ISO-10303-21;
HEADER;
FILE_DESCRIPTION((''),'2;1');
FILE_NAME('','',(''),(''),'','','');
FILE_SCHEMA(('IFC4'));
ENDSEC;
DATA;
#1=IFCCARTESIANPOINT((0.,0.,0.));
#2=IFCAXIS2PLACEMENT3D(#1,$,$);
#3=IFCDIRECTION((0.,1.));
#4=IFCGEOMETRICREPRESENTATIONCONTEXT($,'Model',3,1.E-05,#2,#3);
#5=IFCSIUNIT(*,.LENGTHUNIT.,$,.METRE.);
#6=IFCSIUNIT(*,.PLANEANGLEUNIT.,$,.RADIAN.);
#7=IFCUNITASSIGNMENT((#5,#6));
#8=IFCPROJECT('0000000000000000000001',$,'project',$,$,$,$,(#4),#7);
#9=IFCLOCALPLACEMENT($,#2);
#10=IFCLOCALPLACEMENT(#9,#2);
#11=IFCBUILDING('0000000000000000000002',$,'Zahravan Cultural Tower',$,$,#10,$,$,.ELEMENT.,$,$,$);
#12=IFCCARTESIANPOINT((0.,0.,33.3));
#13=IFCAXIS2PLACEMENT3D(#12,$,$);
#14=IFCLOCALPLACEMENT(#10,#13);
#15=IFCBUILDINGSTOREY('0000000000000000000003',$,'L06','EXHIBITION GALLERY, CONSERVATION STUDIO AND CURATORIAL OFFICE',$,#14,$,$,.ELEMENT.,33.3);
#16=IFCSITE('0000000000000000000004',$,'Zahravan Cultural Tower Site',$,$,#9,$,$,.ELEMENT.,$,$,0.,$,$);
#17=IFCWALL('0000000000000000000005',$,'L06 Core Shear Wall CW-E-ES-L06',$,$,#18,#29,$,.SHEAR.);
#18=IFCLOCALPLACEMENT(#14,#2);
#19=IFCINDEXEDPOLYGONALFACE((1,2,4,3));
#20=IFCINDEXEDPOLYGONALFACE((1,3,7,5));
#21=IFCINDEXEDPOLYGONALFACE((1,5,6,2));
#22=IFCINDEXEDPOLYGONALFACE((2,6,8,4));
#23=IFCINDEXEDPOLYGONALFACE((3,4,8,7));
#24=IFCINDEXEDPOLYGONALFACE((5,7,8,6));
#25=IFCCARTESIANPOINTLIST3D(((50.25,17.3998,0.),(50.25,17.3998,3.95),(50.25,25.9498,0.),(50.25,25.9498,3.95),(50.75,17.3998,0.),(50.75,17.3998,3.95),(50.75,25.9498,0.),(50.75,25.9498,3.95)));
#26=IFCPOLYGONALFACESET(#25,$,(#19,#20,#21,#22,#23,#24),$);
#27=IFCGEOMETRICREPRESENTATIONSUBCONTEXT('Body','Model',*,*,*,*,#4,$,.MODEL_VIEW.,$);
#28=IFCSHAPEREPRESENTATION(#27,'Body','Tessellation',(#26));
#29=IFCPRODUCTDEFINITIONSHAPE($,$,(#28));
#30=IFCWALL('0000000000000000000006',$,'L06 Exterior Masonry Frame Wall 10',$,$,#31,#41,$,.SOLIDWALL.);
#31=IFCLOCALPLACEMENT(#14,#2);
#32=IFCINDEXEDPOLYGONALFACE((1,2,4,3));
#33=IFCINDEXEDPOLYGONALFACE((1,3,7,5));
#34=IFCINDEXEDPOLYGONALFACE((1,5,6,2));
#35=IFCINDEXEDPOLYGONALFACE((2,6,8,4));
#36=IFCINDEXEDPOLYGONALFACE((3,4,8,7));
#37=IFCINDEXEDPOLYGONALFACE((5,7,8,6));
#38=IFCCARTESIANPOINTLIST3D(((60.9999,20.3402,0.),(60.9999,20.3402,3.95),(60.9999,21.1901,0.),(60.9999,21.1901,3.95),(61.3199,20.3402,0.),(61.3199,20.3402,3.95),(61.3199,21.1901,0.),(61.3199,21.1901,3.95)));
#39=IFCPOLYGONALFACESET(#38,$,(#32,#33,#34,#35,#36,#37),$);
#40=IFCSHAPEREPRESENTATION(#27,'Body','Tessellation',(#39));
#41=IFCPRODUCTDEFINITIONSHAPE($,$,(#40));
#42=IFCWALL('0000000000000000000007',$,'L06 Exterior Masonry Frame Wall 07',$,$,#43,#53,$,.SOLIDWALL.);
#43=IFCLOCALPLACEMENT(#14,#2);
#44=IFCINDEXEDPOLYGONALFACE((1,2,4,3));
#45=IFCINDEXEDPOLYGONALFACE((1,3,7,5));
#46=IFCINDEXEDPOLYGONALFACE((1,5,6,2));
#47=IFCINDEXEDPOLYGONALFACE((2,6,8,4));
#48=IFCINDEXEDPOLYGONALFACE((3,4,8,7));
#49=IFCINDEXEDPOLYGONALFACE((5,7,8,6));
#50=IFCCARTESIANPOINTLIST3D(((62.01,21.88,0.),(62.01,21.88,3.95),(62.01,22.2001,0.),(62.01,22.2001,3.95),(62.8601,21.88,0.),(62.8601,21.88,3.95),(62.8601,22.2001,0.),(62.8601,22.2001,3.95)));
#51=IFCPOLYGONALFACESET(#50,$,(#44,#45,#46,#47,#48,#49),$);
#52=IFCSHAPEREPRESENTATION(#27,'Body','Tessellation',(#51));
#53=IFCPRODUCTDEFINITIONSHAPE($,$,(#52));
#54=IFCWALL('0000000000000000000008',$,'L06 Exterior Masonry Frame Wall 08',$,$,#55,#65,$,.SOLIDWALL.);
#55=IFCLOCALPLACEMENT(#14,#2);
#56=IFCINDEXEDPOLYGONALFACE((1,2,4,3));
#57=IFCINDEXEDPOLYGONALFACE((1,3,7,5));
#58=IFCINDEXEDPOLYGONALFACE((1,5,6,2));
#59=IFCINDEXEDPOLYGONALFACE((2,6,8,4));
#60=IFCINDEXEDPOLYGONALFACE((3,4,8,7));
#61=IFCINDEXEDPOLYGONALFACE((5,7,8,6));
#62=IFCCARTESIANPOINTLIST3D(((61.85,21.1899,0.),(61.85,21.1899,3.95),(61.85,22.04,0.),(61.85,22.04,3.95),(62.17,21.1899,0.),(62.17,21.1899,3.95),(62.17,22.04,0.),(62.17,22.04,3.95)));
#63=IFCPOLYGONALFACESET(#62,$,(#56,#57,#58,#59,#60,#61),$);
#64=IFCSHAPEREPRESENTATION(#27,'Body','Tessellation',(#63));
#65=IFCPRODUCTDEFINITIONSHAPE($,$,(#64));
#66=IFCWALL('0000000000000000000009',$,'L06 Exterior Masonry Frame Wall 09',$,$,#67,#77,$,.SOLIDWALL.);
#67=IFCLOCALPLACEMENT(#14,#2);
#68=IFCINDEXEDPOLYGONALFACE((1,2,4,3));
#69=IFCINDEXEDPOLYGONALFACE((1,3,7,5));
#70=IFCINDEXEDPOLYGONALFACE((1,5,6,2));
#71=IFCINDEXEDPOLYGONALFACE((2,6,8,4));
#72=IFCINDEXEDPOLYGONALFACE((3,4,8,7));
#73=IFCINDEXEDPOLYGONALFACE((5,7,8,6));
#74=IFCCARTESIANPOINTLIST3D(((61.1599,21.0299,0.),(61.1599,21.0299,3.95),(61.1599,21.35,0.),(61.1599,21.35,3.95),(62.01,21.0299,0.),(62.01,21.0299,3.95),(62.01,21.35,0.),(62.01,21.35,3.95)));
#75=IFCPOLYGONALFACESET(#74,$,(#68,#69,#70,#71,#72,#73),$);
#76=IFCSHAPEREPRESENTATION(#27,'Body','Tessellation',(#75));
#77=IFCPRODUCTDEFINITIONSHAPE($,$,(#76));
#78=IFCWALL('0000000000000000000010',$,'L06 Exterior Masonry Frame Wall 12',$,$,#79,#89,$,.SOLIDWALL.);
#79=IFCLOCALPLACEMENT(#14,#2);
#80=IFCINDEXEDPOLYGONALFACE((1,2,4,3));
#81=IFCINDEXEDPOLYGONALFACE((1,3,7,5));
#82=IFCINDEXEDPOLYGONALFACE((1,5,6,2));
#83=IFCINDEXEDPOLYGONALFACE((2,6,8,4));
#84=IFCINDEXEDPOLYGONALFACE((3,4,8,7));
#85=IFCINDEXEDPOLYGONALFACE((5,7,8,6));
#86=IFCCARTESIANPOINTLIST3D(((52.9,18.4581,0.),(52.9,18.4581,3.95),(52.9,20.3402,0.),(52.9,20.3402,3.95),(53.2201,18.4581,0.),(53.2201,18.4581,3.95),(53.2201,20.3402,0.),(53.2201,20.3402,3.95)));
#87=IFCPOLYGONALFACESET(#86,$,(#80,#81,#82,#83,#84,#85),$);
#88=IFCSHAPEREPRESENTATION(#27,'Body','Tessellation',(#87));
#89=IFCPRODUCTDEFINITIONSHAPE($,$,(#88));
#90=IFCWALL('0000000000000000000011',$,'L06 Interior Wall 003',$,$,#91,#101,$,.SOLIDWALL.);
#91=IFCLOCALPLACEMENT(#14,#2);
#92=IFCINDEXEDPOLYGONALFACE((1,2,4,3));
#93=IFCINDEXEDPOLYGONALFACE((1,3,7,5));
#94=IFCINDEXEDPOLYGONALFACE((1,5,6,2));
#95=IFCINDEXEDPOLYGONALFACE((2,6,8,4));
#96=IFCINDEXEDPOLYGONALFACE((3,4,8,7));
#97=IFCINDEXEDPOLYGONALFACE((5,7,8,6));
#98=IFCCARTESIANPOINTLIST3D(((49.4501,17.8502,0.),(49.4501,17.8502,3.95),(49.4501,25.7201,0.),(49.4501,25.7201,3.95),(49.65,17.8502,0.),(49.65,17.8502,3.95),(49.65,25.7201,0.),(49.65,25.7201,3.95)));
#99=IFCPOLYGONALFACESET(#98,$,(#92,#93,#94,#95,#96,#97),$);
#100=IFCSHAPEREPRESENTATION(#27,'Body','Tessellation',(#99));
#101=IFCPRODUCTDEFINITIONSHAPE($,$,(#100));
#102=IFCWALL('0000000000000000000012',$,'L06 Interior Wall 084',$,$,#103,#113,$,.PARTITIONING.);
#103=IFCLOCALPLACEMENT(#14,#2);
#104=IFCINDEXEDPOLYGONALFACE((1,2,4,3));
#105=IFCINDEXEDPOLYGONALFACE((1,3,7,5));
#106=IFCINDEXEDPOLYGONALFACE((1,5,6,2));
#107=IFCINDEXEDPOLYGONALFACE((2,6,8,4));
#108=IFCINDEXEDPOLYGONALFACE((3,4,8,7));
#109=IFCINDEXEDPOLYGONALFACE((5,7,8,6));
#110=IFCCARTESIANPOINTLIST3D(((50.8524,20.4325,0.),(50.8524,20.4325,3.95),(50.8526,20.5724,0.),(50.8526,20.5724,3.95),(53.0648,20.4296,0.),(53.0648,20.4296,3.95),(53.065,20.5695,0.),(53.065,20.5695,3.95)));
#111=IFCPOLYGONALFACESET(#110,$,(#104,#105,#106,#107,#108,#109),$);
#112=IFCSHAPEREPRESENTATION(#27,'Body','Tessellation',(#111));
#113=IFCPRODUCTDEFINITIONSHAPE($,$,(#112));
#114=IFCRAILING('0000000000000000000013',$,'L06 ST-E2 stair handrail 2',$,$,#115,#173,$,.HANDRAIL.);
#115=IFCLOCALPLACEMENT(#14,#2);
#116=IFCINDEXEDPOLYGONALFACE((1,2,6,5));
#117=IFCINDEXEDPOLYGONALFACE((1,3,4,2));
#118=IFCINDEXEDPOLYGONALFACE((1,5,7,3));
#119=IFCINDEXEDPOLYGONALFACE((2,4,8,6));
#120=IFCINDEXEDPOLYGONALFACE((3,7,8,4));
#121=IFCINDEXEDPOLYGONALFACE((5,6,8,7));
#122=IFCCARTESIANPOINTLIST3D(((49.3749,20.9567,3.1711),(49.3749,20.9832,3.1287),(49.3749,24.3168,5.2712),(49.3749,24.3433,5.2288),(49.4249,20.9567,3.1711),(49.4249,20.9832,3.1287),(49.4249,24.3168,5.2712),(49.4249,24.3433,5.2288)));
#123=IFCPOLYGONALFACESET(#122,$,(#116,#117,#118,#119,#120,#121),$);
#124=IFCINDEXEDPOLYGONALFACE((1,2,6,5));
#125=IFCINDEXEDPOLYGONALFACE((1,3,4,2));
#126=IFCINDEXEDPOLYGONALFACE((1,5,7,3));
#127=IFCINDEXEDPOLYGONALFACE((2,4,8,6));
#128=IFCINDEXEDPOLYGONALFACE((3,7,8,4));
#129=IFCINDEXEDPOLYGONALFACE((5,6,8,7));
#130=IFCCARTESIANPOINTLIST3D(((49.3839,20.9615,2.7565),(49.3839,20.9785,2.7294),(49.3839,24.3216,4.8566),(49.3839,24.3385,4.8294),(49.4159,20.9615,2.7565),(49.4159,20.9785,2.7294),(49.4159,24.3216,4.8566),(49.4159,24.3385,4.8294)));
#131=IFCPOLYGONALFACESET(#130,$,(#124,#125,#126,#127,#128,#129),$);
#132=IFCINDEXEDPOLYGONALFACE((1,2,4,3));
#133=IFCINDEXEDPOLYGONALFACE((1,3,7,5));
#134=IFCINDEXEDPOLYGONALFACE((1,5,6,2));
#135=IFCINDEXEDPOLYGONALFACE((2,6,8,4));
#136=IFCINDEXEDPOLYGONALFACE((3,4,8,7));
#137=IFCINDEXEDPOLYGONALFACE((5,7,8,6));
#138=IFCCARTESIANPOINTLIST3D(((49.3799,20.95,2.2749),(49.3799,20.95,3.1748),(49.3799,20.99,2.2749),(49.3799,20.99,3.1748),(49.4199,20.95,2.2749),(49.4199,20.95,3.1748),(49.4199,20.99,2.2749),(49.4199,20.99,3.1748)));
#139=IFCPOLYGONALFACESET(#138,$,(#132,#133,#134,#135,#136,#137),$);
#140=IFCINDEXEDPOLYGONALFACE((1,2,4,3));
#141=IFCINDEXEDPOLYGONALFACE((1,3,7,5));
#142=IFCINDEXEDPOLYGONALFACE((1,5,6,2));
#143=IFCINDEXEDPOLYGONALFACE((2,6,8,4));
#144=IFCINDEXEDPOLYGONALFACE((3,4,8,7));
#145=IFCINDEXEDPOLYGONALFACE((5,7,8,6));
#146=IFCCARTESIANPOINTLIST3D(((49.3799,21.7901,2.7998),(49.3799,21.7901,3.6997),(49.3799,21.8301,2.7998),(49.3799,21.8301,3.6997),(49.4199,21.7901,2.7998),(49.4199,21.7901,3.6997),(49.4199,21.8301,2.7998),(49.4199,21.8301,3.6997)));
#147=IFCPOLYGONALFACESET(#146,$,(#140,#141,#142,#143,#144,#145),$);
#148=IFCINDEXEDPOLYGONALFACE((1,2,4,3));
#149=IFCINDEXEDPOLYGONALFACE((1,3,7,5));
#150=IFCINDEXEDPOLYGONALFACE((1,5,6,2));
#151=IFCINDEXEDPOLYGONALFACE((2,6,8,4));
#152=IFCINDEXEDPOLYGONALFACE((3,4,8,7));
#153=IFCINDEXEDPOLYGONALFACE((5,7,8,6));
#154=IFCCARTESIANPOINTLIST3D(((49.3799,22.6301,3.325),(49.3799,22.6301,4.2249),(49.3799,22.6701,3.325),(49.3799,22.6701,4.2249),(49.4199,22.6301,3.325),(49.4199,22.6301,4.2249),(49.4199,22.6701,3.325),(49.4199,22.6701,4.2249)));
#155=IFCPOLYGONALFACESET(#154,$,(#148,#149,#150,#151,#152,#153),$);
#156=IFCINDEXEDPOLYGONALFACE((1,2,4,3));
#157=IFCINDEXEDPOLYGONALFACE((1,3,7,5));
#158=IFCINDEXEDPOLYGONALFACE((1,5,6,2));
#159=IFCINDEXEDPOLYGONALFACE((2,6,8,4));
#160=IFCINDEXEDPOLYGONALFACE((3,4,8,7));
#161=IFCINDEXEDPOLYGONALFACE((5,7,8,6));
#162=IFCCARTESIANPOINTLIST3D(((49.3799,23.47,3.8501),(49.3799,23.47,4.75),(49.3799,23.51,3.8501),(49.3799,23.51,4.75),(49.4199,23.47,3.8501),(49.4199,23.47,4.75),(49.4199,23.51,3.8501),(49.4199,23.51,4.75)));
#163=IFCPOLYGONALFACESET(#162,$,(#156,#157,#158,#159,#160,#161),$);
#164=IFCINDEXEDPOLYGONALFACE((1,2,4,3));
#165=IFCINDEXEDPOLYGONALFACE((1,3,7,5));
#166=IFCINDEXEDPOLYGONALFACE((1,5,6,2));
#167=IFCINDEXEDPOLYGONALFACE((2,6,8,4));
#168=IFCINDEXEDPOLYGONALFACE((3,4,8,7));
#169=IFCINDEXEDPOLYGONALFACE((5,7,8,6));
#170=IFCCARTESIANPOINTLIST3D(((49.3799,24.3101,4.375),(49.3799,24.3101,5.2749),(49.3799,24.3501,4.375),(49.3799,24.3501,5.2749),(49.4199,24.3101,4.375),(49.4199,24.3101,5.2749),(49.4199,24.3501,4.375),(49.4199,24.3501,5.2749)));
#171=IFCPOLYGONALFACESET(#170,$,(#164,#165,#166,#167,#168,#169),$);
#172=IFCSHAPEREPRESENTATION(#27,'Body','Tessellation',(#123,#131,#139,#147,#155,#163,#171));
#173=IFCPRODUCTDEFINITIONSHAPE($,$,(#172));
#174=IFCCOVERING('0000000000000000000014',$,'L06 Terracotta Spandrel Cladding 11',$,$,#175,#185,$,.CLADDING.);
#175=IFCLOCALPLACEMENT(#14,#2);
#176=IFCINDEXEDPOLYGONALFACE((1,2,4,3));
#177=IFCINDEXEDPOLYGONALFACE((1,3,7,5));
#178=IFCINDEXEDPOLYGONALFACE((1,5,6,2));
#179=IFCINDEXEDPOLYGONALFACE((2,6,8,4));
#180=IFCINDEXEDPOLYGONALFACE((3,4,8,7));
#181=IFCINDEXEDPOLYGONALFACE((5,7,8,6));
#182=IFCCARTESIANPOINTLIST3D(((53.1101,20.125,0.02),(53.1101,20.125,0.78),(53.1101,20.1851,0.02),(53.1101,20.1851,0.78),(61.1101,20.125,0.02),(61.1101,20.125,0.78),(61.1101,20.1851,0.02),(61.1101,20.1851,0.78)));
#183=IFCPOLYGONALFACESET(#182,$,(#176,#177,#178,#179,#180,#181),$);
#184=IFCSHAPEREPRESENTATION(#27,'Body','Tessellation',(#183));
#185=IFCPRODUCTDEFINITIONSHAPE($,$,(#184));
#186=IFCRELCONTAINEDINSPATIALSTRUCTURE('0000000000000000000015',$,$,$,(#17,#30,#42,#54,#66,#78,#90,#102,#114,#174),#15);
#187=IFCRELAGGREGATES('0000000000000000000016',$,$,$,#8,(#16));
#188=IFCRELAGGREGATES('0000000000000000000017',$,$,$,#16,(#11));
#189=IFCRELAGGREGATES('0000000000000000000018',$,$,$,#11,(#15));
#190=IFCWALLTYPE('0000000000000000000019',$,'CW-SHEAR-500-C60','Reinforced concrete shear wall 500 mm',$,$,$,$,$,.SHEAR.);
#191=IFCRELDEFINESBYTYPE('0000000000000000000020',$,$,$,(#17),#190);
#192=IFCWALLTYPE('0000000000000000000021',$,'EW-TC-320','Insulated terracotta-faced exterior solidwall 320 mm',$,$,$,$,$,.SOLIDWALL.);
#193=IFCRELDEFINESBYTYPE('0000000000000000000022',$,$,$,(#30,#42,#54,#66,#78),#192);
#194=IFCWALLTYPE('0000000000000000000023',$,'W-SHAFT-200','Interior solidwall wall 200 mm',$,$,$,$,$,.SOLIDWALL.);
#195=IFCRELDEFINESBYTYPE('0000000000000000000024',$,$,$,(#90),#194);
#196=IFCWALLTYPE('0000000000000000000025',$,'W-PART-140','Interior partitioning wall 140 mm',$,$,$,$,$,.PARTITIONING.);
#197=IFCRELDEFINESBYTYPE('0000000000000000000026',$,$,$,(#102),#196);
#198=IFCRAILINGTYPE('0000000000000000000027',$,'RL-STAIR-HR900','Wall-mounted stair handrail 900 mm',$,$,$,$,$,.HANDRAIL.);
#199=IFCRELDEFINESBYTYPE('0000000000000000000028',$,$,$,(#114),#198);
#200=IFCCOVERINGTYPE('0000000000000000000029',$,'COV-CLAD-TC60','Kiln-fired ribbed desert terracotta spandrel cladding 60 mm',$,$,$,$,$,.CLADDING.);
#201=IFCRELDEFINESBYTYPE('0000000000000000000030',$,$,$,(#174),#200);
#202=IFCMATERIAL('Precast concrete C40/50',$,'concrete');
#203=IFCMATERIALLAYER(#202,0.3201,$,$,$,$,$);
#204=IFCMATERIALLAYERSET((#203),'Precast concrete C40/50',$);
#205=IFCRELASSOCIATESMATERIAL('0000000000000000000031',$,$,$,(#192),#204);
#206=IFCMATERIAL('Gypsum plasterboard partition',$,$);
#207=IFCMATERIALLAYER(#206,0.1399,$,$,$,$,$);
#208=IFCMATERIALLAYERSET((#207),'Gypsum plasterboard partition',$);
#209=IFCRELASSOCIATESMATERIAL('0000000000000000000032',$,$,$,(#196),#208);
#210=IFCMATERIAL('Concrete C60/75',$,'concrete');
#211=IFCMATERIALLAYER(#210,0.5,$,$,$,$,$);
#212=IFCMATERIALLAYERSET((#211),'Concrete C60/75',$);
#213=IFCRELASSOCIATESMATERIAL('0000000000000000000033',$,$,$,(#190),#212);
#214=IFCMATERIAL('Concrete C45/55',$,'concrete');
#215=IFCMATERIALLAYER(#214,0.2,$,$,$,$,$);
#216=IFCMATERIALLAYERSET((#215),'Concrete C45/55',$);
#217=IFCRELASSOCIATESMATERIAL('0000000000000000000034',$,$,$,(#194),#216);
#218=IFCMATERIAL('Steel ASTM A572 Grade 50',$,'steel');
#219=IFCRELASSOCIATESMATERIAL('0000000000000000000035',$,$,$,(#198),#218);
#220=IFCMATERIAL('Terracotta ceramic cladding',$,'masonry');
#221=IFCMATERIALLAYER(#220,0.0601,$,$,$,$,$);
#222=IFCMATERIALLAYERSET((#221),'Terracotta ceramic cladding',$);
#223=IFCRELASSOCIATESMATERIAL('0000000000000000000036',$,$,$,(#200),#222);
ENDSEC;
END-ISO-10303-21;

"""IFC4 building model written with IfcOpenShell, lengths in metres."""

from ifc_helpers import new_model, si_unit, direction, frame, frame_2d, origin, origin_2d, place, context, subcontext, project, spatial, rectangle, extrude, source, transform, mapped, material, layer, layer_set, type_object, element, save


model = new_model("IFC4")

# Units and contexts
model_context = context("Model", 3, precision=1e-05, world=origin(), true_north=direction((0.0, 1.0)))
body_context = subcontext(model_context, "Body", "Model", "MODEL_VIEW")
ifc_project = project(units=[si_unit("LENGTHUNIT", "METRE"), si_unit("PLANEANGLEUNIT", "RADIAN")], contexts=[model_context])

# Site, building, storey
site_placement = place(None, origin())
site = spatial("IfcSite", under=ifc_project, at=site_placement, Name="Zahravan Cultural Tower Site", CompositionType="ELEMENT", RefElevation=0.0)
building_placement = place(site_placement, origin())
building = spatial("IfcBuilding", under=site, at=building_placement, Name="Zahravan Cultural Tower", CompositionType="ELEMENT")
storey_placement = place(building_placement, frame((0.0, 0.0, 33.3)))
storey = spatial("IfcBuildingStorey", under=building, at=storey_placement, Name="L06", Description="EXHIBITION GALLERY, CONSERVATION STUDIO AND CURATORIAL OFFICE", CompositionType="ELEMENT", Elevation=33.3)

# Shared definitions
ifc_material_1 = material(Name="Concrete C60/75", Category="concrete")

# Shared definitions
ifc_material_2 = material(Name="Precast concrete C40/50", Category="concrete")
ifc_layer_1 = layer(ifc_material_2, 0.3201)
ifc_layer_set_1 = layer_set([ifc_layer_1], Name="Precast concrete C40/50")
wall_type_1 = type_object("IfcWallType", Name="EW-TC-320", Description="Insulated terracotta-faced exterior solidwall 320 mm", PredefinedType="SOLIDWALL", material=ifc_layer_set_1)

# Shared definitions
ifc_material_3 = material(Name="Gypsum plasterboard partition")
ifc_layer_2 = layer(ifc_material_3, 0.1399)
ifc_layer_set_2 = layer_set([ifc_layer_2], Name="Gypsum plasterboard partition")
wall_type_2 = type_object("IfcWallType", Name="W-PART-140", Description="Interior partitioning wall 140 mm", PredefinedType="PARTITIONING", material=ifc_layer_set_2)

# Walls
ifc_layer_3 = layer(ifc_material_1, 0.5)
ifc_layer_set_3 = layer_set([ifc_layer_3], Name="Concrete C60/75")
wall_type_3 = type_object("IfcWallType", Name="CW-SHEAR-500-C60", Description="Reinforced concrete shear wall 500 mm", PredefinedType="SHEAR", material=ifc_layer_set_3)
shared_shape_1 = source(origin(), body_context, "Body", "SweptSolid", [
    extrude(rectangle(XDim=8.55, YDim=0.5, at=frame_2d((4.2749, 0.0))), origin(), (0.0, 0.0, 1.0), 3.95),
])
wall_1_placement = place(storey_placement, frame((50.5, 17.3999, 0.0), z_axis=(0.0, 0.0, 1.0), x_axis=(0.0, 1.0, 0.0)))
element("IfcWall", 1, at=wall_1_placement, inside=storey, type_object=wall_type_3, Name="L06 Core Shear Wall CW-E-ES-L06", PredefinedType="SHEAR", context=body_context, shape_type="MappedRepresentation", body=[
    mapped(shared_shape_1, transform((0.0, 0.0, 0.0), x_axis=(1.0, 0.0, 0.0), y_axis=(0.0, 1.0, 0.0), z_axis=(0.0, 0.0, 1.0), scale=1.0)),
])
shared_shape_2 = source(origin(), body_context, "Body", "SweptSolid", [
    extrude(rectangle(XDim=0.8499, YDim=0.3201, at=frame_2d((0.4248, 0.0))), origin(), (0.0, 0.0, 1.0), 3.95),
])
wall_2_placement = place(storey_placement, frame((61.1599, 21.1899, 0.0), z_axis=(0.0, 0.0, 1.0), x_axis=(0.0, -1.0, 0.0)))
element("IfcWall", 2, at=wall_2_placement, inside=storey, type_object=wall_type_1, Name="L06 Exterior Masonry Frame Wall 10", PredefinedType="SOLIDWALL", context=body_context, shape_type="MappedRepresentation", body=[
    mapped(shared_shape_2, transform((0.0, 0.0, 0.0), x_axis=(1.0, 0.0, 0.0), y_axis=(0.0, 1.0, 0.0), z_axis=(0.0, 0.0, 1.0), scale=1.0)),
])
shared_shape_3 = source(origin(), body_context, "Body", "SweptSolid", [
    extrude(rectangle(XDim=0.8501, YDim=0.3201, at=frame_2d((0.425, 0.0))), origin(), (0.0, 0.0, 1.0), 3.95),
])
for number, where, z_axis, x_axis, name in (
    (3, (62.8601, 22.04, 0.0), (0.0, 0.0, 1.0), (-1.0, 0.0, 0.0), "L06 Exterior Masonry Frame Wall 07"),
    (4, (62.01, 22.04, 0.0), (0.0, 0.0, 1.0), (0.0, -1.0, 0.0), "L06 Exterior Masonry Frame Wall 08"),
    (5, (62.01, 21.1899, 0.0), (0.0, 0.0, 1.0), (-1.0, 0.0, 0.0), "L06 Exterior Masonry Frame Wall 09"),
):
    element("IfcWall", number, at=place(storey_placement, frame(where, z_axis=z_axis, x_axis=x_axis)), inside=storey, type_object=wall_type_1, Name=name, PredefinedType="SOLIDWALL", context=body_context, shape_type="MappedRepresentation", body=[
        mapped(shared_shape_3, transform((0.0, 0.0, 0.0), x_axis=(1.0, 0.0, 0.0), y_axis=(0.0, 1.0, 0.0), z_axis=(0.0, 0.0, 1.0), scale=1.0)),
    ])
shared_shape_4 = source(origin(), body_context, "Body", "SweptSolid", [
    extrude(rectangle(XDim=1.8821, YDim=0.3201, at=frame_2d((0.9409, 0.0))), origin(), (0.0, 0.0, 1.0), 3.95),
])
wall_3_placement = place(storey_placement, frame((53.0601, 20.3401, 0.0), z_axis=(0.0, 0.0, 1.0), x_axis=(0.0, -1.0, 0.0)))
element("IfcWall", 6, at=wall_3_placement, inside=storey, type_object=wall_type_1, Name="L06 Exterior Masonry Frame Wall 12", PredefinedType="SOLIDWALL", context=body_context, shape_type="MappedRepresentation", body=[
    mapped(shared_shape_4, transform((0.0, 0.0, 0.0), x_axis=(1.0, 0.0, 0.0), y_axis=(0.0, 1.0, 0.0), z_axis=(0.0, 0.0, 1.0), scale=1.0)),
])
ifc_material_4 = material(Name="Concrete C45/55", Category="concrete")
ifc_layer_4 = layer(ifc_material_4, 0.2)
ifc_layer_set_4 = layer_set([ifc_layer_4], Name="Concrete C45/55")
wall_type_4 = type_object("IfcWallType", Name="W-SHAFT-200", Description="Interior solidwall wall 200 mm", PredefinedType="SOLIDWALL", material=ifc_layer_set_4)
shared_shape_5 = source(origin(), body_context, "Body", "SweptSolid", [
    extrude(rectangle(XDim=7.8699, YDim=0.2, at=frame_2d((3.9351, 0.0))), origin(), (0.0, 0.0, 1.0), 3.95),
])
wall_4_placement = place(storey_placement, frame((49.55, 17.8501, 0.0), z_axis=(0.0, 0.0, 1.0), x_axis=(0.0, 1.0, 0.0)))
element("IfcWall", 7, at=wall_4_placement, inside=storey, type_object=wall_type_4, Name="L06 Interior Wall 003", PredefinedType="SOLIDWALL", context=body_context, shape_type="MappedRepresentation", body=[
    mapped(shared_shape_5, transform((0.0, 0.0, 0.0), x_axis=(1.0, 0.0, 0.0), y_axis=(0.0, 1.0, 0.0), z_axis=(0.0, 0.0, 1.0), scale=1.0)),
])
shared_shape_6 = source(origin(), body_context, "Body", "SweptSolid", [
    extrude(rectangle(XDim=2.2124, YDim=0.1399, at=frame_2d((1.1062, 0.0))), origin(), (0.0, 0.0, 1.0), 3.95),
])
wall_5_placement = place(storey_placement, frame((50.8525, 20.5024, 0.0), z_axis=(0.0, 0.0, 1.0), x_axis=(0.999999, -0.001324, 0.0)))
element("IfcWall", 8, at=wall_5_placement, inside=storey, type_object=wall_type_2, Name="L06 Interior Wall 084", PredefinedType="PARTITIONING", context=body_context, shape_type="MappedRepresentation", body=[
    mapped(shared_shape_6, transform((0.0, 0.0, 0.0), x_axis=(1.0, 0.0, 0.0), y_axis=(0.0, 1.0, 0.0), z_axis=(0.0, 0.0, 1.0), scale=1.0)),
])

# Railing
ifc_material_5 = material(Name="Steel ASTM A572 Grade 50", Category="steel")
railing_type = type_object("IfcRailingType", Name="RL-STAIR-HR900", Description="Wall-mounted stair handrail 900 mm", PredefinedType="HANDRAIL", material=ifc_material_5)
railing_placement = place(storey_placement, frame((49.3999, 20.97, 2.2749)))
element("IfcRailing", 9, at=railing_placement, inside=storey, type_object=railing_type, Name="L06 ST-E2 stair handrail 2", PredefinedType="HANDRAIL", context=body_context, shape_type="SweptSolid", body=[
    extrude(rectangle(XDim=0.05, YDim=0.05, at=origin_2d()), frame((0.0, 0.0, 0.875), z_axis=(0.0, 0.847995, 0.530004), x_axis=(-1.0, 0.0, 0.0)), (0.0, 0.0, 1.0), 3.9624),
    extrude(rectangle(XDim=0.032, YDim=0.032, at=origin_2d()), frame((0.0, 0.0, 0.468), z_axis=(0.0, 0.847995, 0.530004), x_axis=(-1.0, 0.0, 0.0)), (0.0, 0.0, 1.0), 3.9624),
    extrude(rectangle(XDim=0.04, YDim=0.04, at=origin_2d()), origin(), (0.0, 0.0, 1.0), 0.8999),
    extrude(rectangle(XDim=0.04, YDim=0.04, at=origin_2d()), frame((0.0, 0.8401, 0.5249)), (0.0, 0.0, 1.0), 0.8999),
    extrude(rectangle(XDim=0.04, YDim=0.04, at=origin_2d()), frame((0.0, 1.6802, 1.05)), (0.0, 0.0, 1.0), 0.8999),
    extrude(rectangle(XDim=0.04, YDim=0.04, at=origin_2d()), frame((0.0, 2.52, 1.5752)), (0.0, 0.0, 1.0), 0.8999),
    extrude(rectangle(XDim=0.04, YDim=0.04, at=origin_2d()), frame((0.0, 3.3601, 2.1001)), (0.0, 0.0, 1.0), 0.8999),
])

# Covering
ifc_material_6 = material(Name="Terracotta ceramic cladding", Category="masonry")
ifc_layer_5 = layer(ifc_material_6, 0.0601)
ifc_layer_set_5 = layer_set([ifc_layer_5], Name="Terracotta ceramic cladding")
covering_type = type_object("IfcCoveringType", Name="COV-CLAD-TC60", Description="Kiln-fired ribbed desert terracotta spandrel cladding 60 mm", PredefinedType="CLADDING", material=ifc_layer_set_5)
shared_shape_7 = source(origin(), body_context, "Body", "SweptSolid", [
    extrude(rectangle(XDim=8.0, YDim=0.0601, at=origin_2d()), origin(), (0.0, 0.0, 1.0), 0.76),
])
covering_1_placement = place(storey_placement, frame((57.1101, 20.155, 0.02), z_axis=(0.0, 0.0, 1.0), x_axis=(-1.0, 0.0, 0.0)))
element("IfcCovering", 10, at=covering_1_placement, inside=storey, type_object=covering_type, Name="L06 Terracotta Spandrel Cladding 11", PredefinedType="CLADDING", context=body_context, shape_type="MappedRepresentation", body=[
    mapped(shared_shape_7, transform((0.0, 0.0, 0.0), x_axis=(1.0, 0.0, 0.0), y_axis=(0.0, 1.0, 0.0), z_axis=(0.0, 0.0, 1.0), scale=1.0)),
])

save(model, "model.ifc")
